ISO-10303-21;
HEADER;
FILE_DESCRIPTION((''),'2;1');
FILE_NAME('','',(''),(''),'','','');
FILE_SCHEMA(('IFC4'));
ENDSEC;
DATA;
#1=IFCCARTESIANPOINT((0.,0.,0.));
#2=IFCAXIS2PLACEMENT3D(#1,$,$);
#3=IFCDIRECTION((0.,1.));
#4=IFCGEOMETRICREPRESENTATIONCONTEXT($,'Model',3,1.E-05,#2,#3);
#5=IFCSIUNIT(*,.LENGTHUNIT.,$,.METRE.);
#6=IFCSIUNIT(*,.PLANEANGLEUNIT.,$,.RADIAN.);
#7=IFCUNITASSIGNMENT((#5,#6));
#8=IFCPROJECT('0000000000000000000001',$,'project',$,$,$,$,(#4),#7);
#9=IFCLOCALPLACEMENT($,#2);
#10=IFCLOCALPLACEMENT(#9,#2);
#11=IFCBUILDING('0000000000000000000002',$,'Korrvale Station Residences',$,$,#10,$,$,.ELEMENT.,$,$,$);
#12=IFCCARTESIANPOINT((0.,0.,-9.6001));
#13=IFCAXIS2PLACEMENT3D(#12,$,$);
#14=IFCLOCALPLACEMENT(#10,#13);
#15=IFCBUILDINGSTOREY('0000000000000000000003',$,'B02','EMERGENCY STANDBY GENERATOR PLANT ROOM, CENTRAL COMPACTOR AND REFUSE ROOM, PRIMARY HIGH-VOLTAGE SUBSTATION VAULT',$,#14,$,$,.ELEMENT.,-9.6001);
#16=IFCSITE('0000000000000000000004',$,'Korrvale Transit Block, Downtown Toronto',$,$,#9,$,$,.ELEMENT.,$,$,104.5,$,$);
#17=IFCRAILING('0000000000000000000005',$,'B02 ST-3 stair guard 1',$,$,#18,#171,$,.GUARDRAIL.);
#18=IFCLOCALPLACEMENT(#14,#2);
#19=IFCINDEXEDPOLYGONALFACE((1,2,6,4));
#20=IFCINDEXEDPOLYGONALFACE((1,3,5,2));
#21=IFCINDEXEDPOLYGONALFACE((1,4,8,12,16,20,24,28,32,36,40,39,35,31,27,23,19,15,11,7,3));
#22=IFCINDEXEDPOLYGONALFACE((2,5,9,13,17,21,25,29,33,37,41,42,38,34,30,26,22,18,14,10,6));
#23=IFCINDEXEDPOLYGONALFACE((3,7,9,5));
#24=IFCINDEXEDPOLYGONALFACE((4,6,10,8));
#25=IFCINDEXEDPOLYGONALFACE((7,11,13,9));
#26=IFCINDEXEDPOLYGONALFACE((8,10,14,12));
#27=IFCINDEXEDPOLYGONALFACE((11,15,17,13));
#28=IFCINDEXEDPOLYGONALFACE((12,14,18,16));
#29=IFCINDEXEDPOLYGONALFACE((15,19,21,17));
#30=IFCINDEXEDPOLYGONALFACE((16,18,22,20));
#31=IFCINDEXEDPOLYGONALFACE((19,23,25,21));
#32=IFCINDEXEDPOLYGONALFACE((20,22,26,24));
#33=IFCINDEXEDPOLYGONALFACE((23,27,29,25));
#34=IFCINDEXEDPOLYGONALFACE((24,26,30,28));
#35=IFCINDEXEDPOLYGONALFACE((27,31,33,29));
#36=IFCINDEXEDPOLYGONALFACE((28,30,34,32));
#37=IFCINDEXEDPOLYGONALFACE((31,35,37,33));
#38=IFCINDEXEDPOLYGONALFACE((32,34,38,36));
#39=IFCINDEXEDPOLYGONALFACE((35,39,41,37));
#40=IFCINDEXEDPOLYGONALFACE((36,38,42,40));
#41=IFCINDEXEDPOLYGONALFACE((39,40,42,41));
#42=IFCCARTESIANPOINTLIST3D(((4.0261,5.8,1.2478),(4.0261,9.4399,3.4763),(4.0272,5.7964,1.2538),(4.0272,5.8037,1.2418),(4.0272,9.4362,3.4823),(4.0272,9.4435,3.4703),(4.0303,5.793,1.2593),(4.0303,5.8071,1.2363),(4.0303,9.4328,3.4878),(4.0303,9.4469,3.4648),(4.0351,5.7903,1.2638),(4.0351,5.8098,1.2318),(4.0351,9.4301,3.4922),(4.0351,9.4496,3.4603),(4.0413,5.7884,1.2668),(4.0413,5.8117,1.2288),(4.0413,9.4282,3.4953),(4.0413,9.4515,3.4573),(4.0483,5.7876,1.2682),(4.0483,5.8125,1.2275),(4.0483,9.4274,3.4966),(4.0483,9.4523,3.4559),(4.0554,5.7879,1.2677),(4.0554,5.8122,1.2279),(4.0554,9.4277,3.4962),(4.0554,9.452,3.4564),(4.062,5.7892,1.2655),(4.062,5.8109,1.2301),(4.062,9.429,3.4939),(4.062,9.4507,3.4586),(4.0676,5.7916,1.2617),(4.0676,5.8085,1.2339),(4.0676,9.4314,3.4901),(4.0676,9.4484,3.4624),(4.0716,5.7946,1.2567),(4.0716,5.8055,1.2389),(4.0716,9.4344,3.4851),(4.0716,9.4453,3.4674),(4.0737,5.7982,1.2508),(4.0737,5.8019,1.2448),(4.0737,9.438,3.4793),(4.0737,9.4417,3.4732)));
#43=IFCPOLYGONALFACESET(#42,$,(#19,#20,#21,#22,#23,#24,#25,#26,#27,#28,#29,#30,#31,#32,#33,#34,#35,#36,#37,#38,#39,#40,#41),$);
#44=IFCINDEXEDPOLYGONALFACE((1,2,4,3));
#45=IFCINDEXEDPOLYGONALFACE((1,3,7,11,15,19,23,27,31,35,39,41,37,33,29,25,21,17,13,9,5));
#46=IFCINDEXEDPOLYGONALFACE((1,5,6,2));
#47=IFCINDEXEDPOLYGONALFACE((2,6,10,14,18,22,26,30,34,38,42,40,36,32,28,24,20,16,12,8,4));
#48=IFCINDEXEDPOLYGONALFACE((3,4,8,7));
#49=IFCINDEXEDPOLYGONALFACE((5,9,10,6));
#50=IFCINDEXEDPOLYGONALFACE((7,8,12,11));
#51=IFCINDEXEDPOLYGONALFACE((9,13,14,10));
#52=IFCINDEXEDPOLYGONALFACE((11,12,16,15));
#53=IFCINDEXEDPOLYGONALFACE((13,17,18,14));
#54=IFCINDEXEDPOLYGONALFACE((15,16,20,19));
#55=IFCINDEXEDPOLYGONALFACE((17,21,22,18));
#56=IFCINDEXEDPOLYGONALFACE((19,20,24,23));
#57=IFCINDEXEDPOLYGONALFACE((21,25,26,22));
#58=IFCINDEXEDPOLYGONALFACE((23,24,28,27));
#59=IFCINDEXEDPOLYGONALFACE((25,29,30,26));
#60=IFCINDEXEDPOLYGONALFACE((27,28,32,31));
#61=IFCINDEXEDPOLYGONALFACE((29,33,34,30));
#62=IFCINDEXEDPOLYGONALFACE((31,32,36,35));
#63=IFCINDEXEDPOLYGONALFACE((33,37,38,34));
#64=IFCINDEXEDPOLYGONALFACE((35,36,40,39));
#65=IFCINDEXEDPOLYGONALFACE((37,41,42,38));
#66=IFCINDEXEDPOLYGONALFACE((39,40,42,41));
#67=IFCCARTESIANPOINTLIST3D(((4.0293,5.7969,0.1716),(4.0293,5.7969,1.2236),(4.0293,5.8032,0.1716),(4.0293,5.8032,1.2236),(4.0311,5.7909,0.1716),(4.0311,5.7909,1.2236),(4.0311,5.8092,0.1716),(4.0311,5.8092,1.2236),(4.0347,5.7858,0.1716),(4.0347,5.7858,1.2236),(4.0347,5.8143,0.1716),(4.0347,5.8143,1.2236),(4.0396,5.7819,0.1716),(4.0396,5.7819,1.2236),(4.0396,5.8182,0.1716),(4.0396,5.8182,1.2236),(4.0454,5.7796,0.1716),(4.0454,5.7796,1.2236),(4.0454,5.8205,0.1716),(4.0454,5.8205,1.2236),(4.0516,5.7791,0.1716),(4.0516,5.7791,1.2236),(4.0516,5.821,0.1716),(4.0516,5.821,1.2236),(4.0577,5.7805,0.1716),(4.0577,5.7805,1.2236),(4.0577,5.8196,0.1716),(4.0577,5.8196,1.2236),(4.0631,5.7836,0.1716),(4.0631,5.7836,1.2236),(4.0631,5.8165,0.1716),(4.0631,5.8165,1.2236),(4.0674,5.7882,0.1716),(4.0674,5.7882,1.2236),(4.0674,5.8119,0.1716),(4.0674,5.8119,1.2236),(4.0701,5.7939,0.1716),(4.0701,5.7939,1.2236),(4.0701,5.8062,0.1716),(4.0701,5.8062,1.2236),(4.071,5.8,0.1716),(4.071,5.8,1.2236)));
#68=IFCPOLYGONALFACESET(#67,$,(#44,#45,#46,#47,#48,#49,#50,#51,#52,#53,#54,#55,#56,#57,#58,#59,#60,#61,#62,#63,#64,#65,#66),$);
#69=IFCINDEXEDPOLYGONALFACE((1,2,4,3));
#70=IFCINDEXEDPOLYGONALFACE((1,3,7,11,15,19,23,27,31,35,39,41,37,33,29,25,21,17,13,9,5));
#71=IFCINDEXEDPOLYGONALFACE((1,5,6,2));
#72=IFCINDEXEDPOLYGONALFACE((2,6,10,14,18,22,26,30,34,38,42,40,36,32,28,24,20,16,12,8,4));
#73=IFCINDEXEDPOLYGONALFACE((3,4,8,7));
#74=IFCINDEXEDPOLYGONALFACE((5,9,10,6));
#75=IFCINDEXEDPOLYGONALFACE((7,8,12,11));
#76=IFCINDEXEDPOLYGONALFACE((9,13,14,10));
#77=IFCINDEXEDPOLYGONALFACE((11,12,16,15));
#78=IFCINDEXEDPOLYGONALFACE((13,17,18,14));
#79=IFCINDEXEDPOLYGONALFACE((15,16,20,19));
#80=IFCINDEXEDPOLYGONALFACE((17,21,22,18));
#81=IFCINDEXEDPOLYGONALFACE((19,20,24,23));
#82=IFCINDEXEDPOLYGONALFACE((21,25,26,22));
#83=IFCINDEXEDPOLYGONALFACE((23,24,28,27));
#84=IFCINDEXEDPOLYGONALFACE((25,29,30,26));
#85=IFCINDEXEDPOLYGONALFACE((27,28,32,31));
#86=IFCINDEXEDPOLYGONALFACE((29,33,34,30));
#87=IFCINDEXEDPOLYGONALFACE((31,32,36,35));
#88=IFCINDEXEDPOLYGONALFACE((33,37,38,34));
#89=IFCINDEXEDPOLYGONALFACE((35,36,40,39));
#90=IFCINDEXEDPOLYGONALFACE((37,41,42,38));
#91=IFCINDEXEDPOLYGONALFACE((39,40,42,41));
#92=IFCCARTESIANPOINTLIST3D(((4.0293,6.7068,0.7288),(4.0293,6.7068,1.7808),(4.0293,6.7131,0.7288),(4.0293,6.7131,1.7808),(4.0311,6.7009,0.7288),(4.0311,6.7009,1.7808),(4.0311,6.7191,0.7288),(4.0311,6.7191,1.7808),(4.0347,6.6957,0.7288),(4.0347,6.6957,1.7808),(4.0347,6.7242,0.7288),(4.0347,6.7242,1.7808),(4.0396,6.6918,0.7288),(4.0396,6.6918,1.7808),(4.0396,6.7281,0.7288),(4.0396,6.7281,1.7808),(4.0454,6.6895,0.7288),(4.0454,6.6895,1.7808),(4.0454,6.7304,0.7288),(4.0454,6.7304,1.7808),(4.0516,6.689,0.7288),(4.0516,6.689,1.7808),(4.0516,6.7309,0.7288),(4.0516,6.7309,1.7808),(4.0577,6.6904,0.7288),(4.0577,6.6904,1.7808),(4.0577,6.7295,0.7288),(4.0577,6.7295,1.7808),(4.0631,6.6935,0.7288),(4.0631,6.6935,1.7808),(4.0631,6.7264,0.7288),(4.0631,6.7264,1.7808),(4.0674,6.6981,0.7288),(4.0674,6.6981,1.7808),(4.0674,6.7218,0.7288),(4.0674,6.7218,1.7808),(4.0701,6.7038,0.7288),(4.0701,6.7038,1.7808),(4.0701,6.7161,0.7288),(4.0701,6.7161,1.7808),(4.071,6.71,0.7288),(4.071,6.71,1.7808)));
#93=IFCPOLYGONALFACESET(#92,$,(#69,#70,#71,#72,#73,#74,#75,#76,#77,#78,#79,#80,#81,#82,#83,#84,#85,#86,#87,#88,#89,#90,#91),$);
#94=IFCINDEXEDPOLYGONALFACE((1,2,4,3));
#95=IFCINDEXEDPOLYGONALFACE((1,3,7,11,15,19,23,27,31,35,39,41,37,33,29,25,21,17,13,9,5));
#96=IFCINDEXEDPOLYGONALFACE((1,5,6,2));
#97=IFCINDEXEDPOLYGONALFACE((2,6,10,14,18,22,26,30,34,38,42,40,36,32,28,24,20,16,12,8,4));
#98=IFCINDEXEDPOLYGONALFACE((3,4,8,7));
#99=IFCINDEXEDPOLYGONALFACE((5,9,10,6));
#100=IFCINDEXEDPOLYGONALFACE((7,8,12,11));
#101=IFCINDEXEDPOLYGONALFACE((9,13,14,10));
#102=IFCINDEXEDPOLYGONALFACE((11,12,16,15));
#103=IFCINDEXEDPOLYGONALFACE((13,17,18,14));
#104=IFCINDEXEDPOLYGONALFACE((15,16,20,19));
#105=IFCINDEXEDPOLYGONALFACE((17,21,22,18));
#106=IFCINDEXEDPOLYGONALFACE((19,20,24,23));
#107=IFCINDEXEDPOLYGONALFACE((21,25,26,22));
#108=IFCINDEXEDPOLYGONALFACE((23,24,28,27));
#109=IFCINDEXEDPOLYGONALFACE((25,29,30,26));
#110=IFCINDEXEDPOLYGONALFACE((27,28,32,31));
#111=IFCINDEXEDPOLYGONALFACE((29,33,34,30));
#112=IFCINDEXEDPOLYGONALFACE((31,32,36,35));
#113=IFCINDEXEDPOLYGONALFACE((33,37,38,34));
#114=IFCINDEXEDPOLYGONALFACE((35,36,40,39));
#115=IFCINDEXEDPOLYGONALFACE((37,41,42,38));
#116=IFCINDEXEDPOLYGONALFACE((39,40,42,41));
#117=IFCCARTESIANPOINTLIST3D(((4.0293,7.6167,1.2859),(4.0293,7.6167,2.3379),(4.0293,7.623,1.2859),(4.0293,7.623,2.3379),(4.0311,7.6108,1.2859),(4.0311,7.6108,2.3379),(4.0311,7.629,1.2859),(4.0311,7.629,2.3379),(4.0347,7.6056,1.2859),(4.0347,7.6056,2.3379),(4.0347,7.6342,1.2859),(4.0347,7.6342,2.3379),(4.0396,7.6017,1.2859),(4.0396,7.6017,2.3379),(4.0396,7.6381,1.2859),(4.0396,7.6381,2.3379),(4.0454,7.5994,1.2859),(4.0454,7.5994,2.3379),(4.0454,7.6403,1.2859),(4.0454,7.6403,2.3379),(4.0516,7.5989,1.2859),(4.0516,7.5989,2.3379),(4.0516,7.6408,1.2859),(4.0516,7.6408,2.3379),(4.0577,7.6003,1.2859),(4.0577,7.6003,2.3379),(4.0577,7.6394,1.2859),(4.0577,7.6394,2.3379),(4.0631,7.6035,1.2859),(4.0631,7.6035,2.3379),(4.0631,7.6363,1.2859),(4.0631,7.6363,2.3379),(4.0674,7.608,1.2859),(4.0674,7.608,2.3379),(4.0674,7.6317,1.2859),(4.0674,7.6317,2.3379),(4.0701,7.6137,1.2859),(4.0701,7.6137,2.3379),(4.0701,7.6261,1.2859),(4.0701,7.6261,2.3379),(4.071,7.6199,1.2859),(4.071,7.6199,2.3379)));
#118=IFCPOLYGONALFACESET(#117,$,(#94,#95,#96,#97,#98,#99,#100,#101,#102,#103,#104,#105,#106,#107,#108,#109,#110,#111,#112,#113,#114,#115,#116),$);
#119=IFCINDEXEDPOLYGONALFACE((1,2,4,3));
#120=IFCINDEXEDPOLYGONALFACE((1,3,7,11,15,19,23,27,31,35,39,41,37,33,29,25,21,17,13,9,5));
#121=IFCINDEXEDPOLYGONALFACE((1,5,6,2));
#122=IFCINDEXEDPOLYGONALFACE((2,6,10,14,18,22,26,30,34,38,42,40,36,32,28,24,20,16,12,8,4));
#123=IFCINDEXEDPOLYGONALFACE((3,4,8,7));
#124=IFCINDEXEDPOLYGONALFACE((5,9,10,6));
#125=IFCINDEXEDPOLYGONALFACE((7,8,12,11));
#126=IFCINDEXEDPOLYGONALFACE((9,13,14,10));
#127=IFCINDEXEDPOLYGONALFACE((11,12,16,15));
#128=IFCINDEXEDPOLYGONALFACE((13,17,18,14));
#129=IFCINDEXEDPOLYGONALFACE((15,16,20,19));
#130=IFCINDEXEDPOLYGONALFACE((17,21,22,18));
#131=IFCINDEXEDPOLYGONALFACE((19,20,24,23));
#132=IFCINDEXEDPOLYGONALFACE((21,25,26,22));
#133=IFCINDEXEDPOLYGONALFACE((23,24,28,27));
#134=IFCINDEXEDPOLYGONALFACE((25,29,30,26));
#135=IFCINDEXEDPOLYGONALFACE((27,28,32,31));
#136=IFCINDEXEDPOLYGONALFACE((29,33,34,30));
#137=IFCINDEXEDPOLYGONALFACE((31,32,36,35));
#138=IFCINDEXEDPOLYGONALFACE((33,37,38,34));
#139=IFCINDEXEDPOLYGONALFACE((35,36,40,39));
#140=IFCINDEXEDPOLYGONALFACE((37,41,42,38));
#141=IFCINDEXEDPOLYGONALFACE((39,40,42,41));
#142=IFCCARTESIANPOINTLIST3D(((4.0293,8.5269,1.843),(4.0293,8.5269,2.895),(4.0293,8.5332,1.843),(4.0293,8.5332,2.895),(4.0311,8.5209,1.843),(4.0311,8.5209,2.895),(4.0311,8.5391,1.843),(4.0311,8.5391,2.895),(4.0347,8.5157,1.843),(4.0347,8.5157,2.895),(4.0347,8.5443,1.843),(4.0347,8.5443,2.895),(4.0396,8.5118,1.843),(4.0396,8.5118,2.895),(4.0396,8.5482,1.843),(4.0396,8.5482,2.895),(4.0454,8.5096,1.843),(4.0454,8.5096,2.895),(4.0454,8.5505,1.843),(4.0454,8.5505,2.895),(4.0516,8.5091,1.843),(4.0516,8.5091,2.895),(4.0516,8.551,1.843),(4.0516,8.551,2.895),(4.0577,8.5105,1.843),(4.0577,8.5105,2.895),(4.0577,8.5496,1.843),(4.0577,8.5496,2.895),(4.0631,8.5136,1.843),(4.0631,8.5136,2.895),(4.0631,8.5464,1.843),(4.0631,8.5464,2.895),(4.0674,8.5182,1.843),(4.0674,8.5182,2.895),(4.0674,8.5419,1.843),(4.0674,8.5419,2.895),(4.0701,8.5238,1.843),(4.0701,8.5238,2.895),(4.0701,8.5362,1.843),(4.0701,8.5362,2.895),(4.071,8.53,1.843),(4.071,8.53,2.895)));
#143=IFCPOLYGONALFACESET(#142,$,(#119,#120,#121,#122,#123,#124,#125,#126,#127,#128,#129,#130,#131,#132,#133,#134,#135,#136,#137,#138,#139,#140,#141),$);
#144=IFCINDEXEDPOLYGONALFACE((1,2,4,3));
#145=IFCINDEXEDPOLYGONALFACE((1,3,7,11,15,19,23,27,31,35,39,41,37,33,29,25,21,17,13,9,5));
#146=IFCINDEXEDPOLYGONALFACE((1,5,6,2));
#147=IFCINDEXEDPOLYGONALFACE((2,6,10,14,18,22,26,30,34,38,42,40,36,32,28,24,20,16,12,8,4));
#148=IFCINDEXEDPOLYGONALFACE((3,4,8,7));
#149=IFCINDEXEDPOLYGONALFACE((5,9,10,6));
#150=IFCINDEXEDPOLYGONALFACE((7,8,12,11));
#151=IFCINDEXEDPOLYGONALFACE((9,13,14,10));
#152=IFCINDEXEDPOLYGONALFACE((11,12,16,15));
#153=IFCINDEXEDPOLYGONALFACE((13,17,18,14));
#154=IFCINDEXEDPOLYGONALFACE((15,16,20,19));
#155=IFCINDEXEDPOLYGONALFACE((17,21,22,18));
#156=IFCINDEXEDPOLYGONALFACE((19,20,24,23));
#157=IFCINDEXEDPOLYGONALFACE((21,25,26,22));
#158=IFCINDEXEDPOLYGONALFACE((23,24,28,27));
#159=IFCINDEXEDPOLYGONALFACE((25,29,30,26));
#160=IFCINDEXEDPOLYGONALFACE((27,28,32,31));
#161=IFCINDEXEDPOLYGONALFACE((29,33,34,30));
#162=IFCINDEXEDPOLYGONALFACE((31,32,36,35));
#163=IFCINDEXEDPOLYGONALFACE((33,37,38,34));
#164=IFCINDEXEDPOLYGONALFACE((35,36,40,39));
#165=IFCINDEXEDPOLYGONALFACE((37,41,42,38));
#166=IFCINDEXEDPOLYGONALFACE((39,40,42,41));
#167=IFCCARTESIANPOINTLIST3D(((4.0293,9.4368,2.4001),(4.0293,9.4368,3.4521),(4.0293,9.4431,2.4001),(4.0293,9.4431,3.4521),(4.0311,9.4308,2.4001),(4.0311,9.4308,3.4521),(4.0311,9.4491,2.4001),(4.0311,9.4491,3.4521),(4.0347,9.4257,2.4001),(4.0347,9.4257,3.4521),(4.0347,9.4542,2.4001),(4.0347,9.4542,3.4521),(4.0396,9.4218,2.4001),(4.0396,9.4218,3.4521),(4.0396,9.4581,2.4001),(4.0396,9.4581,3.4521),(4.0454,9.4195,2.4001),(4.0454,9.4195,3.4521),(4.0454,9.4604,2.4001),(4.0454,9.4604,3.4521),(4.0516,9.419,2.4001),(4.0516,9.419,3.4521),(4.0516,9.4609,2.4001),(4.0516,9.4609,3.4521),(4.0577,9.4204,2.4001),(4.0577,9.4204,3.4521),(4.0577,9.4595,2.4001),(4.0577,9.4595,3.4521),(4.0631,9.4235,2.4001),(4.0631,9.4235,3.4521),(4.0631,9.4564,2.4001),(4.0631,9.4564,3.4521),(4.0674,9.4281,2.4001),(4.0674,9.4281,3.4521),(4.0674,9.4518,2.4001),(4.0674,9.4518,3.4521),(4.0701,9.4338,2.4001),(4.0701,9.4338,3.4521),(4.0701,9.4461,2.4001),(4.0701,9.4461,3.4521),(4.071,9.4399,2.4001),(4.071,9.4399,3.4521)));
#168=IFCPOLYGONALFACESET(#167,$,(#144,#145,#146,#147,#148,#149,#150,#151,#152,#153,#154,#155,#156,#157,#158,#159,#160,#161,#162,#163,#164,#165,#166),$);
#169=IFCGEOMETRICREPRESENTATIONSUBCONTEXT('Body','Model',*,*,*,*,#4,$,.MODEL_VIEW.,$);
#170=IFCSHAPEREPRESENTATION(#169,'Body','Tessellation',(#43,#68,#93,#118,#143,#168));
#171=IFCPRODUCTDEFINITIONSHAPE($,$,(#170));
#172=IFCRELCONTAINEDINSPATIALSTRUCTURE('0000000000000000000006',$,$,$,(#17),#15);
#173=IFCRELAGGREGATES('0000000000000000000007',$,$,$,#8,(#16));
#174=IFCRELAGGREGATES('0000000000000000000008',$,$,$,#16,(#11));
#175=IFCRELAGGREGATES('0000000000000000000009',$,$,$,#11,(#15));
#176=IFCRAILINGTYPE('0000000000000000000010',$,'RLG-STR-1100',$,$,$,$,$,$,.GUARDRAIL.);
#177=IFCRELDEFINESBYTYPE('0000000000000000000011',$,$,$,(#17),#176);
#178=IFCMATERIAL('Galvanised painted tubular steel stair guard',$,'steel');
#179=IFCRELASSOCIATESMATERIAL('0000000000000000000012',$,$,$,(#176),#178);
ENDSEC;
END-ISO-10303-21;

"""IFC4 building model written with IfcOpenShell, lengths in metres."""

from ifc_helpers import new_model, si_unit, direction, frame, origin, origin_2d, place, context, subcontext, project, spatial, circle, extrude, material, type_object, element, save


model = new_model("IFC4")

# Units and contexts
model_context = context("Model", 3, precision=1e-05, world=origin(), true_north=direction((0.0, 1.0)))
body_context = subcontext(model_context, "Body", "Model", "MODEL_VIEW")
ifc_project = project(units=[si_unit("LENGTHUNIT", "METRE"), si_unit("PLANEANGLEUNIT", "RADIAN")], contexts=[model_context])

# Site, building, storey
site_placement = place(None, origin())
site = spatial("IfcSite", under=ifc_project, at=site_placement, Name="Korrvale Transit Block, Downtown Toronto", CompositionType="ELEMENT", RefElevation=104.5)
building_placement = place(site_placement, origin())
building = spatial("IfcBuilding", under=site, at=building_placement, Name="Korrvale Station Residences", CompositionType="ELEMENT")
storey_placement = place(building_placement, frame((0.0, 0.0, -9.6001)))
storey = spatial("IfcBuildingStorey", under=building, at=storey_placement, Name="B02", Description="EMERGENCY STANDBY GENERATOR PLANT ROOM, CENTRAL COMPACTOR AND REFUSE ROOM, PRIMARY HIGH-VOLTAGE SUBSTATION VAULT", CompositionType="ELEMENT", Elevation=-9.6001)

# Railing
ifc_material_1 = material(Name="Galvanised painted tubular steel stair guard", Category="steel")
railing_type_1 = type_object("IfcRailingType", Name="RLG-STR-1100", PredefinedType="GUARDRAIL", material=ifc_material_1)
railing_1_placement = place(storey_placement, frame((4.05, 5.8, 0.1716)))
element("IfcRailing", 1, at=railing_1_placement, inside=storey, type_object=railing_type_1, Name="B02 ST-3 stair guard 1", PredefinedType="GUARDRAIL", context=body_context, shape_type="SweptSolid", body=[
    extrude(circle(Radius=0.0239, at=origin_2d()), frame((0.0, 0.0, 1.0762), z_axis=(0.0, 0.85285, 0.522156), x_axis=(-1.0, 0.0, 0.0)), (0.0, 0.0, 1.0), 4.2678),
    extrude(circle(Radius=0.021, at=origin_2d()), origin(), (0.0, 0.0, 1.0), 1.052),
    extrude(circle(Radius=0.021, at=origin_2d()), frame((0.0, 0.9099, 0.5571)), (0.0, 0.0, 1.0), 1.052),
    extrude(circle(Radius=0.021, at=origin_2d()), frame((0.0, 1.8198, 1.1143)), (0.0, 0.0, 1.0), 1.052),
    extrude(circle(Radius=0.021, at=origin_2d()), frame((0.0, 2.73, 1.6714)), (0.0, 0.0, 1.0), 1.052),
    extrude(circle(Radius=0.021, at=origin_2d()), frame((0.0, 3.6399, 2.2285)), (0.0, 0.0, 1.0), 1.052),
])

save(model, "model.ifc")
